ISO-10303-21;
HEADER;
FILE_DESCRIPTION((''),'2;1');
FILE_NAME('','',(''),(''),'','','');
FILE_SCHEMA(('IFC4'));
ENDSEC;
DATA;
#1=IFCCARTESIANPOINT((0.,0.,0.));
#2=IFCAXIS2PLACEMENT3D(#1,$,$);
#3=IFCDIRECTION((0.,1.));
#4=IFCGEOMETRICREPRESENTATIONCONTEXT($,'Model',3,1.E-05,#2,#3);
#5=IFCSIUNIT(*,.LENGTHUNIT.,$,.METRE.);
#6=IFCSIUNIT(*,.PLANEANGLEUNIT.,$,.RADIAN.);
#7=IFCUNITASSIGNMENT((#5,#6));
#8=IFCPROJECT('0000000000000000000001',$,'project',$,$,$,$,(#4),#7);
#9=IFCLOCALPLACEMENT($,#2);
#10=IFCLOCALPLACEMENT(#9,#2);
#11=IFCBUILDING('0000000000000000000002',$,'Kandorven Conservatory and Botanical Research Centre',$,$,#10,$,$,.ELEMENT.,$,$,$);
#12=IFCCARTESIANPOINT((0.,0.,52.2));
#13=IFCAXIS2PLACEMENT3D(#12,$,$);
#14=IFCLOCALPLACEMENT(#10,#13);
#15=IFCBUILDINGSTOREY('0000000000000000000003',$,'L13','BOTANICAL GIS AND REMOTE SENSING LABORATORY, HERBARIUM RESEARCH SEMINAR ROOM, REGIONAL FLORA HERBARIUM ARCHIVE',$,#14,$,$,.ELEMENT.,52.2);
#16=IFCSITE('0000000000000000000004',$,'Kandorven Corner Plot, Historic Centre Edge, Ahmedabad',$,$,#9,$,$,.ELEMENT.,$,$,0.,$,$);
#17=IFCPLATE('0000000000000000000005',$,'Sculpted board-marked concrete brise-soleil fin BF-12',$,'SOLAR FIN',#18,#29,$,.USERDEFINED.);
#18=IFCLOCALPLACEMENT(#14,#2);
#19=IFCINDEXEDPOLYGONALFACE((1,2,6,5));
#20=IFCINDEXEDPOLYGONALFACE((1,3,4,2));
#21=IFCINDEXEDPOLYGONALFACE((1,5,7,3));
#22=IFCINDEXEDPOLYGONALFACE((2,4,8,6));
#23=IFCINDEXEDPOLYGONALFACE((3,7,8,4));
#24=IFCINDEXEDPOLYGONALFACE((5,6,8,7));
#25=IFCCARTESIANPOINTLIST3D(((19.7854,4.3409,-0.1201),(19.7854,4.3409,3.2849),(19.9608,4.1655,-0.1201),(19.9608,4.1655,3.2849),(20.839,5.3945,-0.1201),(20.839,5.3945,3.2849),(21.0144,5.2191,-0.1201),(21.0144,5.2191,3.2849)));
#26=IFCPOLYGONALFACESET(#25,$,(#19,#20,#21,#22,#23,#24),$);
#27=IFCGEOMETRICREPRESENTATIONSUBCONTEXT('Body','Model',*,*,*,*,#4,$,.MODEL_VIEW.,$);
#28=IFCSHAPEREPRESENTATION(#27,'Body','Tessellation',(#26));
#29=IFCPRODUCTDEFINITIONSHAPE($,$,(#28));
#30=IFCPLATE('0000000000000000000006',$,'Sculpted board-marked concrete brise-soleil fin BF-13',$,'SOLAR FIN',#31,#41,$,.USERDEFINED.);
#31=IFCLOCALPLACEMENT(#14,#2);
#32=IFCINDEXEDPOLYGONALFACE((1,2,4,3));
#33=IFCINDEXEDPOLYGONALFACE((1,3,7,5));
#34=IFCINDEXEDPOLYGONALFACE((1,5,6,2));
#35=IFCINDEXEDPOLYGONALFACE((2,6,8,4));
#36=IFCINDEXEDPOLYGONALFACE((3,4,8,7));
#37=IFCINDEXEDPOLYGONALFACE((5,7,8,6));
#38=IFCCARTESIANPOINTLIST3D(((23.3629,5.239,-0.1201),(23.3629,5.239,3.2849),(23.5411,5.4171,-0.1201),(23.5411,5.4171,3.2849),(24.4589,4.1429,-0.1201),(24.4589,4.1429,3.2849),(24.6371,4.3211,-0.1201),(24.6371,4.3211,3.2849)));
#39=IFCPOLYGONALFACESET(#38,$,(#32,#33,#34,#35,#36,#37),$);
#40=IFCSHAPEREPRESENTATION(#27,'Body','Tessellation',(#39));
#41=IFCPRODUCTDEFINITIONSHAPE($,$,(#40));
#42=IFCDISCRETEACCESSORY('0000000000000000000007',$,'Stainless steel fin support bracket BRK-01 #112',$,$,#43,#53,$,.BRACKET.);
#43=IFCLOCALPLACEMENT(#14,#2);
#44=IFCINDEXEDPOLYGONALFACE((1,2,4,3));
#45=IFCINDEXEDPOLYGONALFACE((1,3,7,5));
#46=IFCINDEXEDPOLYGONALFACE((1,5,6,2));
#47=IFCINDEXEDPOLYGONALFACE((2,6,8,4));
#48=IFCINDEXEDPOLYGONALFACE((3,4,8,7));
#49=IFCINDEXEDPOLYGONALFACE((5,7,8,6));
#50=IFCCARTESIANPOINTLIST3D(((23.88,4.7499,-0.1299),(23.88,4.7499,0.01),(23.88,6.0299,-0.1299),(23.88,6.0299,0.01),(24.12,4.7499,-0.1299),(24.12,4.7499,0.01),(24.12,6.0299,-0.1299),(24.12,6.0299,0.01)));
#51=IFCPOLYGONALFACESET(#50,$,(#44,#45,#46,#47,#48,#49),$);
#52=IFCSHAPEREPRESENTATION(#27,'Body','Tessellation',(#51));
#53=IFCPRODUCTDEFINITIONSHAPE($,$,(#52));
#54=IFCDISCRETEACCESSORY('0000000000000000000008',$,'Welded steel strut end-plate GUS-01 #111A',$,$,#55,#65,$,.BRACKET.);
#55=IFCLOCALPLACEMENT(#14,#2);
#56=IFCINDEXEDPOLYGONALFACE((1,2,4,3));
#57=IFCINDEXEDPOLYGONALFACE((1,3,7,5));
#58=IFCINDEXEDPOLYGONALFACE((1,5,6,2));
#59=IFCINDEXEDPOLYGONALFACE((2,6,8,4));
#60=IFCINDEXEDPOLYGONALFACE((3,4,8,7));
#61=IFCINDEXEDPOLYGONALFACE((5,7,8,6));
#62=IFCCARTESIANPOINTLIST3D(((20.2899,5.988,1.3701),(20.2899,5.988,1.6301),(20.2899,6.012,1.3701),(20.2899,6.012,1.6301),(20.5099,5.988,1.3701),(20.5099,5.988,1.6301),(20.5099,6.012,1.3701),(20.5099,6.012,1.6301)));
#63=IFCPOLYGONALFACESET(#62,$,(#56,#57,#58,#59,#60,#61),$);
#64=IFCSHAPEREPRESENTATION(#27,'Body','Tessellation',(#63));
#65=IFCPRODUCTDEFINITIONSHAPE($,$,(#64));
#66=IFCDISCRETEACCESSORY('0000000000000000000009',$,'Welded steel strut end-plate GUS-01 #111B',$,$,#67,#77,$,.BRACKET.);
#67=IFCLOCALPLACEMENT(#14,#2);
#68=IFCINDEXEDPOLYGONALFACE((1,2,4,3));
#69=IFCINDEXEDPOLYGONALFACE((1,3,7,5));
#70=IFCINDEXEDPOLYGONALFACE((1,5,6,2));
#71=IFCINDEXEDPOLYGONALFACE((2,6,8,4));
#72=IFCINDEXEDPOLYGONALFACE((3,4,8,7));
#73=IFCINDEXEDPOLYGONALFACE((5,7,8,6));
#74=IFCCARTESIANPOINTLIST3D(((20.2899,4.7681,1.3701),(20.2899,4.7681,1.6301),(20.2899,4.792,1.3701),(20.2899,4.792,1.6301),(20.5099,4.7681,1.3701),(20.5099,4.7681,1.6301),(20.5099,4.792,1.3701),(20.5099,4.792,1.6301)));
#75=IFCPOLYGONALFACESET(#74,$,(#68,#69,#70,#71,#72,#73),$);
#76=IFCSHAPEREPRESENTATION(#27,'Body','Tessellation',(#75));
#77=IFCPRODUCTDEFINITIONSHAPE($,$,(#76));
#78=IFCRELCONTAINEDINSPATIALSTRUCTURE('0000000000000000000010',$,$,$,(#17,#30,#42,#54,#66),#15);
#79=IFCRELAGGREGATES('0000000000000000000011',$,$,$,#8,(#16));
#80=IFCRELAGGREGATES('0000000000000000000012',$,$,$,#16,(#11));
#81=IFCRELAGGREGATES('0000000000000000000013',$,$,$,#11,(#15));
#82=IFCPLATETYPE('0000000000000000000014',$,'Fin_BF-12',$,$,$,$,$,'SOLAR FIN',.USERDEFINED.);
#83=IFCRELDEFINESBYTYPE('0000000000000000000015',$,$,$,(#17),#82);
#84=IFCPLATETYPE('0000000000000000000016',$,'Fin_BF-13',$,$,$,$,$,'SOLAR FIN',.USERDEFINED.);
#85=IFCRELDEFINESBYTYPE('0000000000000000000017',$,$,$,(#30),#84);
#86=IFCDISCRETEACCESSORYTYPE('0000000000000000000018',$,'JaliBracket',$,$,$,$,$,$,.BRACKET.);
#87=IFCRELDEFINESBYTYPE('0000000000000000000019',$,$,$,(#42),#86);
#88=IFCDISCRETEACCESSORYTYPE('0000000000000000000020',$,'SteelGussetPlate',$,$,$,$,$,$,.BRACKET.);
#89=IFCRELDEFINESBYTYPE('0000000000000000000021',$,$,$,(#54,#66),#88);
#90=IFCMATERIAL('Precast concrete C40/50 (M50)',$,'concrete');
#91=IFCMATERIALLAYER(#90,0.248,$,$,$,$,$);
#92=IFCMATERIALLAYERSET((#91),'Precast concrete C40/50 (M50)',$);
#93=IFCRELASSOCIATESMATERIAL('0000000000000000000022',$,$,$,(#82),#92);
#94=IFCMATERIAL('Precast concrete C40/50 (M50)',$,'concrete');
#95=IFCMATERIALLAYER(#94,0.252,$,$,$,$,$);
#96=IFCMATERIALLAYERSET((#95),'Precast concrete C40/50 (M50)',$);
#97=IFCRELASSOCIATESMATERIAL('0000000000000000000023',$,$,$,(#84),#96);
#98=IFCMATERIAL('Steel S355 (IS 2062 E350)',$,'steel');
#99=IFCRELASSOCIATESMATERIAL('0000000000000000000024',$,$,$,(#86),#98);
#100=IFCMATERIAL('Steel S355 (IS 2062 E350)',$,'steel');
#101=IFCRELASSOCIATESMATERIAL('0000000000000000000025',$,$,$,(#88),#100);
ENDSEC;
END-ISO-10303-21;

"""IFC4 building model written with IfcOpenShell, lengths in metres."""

from ifc_helpers import new_model, si_unit, direction, frame, origin, origin_2d, place, context, subcontext, project, spatial, rectangle, extrude, material, layer, layer_set, type_object, element, save


model = new_model("IFC4")

# Units and contexts
model_context = context("Model", 3, precision=1e-05, world=origin(), true_north=direction((0.0, 1.0)))
body_context = subcontext(model_context, "Body", "Model", "MODEL_VIEW")
ifc_project = project(units=[si_unit("LENGTHUNIT", "METRE"), si_unit("PLANEANGLEUNIT", "RADIAN")], contexts=[model_context])

# Site, building, storey
site_placement = place(None, origin())
site = spatial("IfcSite", under=ifc_project, at=site_placement, Name="Kandorven Corner Plot, Historic Centre Edge, Ahmedabad", CompositionType="ELEMENT", RefElevation=0.0)
building_placement = place(site_placement, origin())
building = spatial("IfcBuilding", under=site, at=building_placement, Name="Kandorven Conservatory and Botanical Research Centre", CompositionType="ELEMENT")
storey_placement = place(building_placement, frame((0.0, 0.0, 52.2)))
storey = spatial("IfcBuildingStorey", under=building, at=storey_placement, Name="L13", Description="BOTANICAL GIS AND REMOTE SENSING LABORATORY, HERBARIUM RESEARCH SEMINAR ROOM, REGIONAL FLORA HERBARIUM ARCHIVE", CompositionType="ELEMENT", Elevation=52.2)

# Plates
ifc_material_1 = material(Name="Precast concrete C40/50 (M50)", Category="concrete")
ifc_layer_1 = layer(ifc_material_1, 0.248)
ifc_layer_set_1 = layer_set([ifc_layer_1], Name="Precast concrete C40/50 (M50)")
plate_type_1 = type_object("IfcPlateType", Name="Fin_BF-12", ElementType="SOLAR FIN", PredefinedType="USERDEFINED", material=ifc_layer_set_1)
plate_1_placement = place(storey_placement, frame((20.3999, 4.78, -0.1201), z_axis=(0.0, 0.0, 1.0), x_axis=(0.707107, 0.707107, 0.0)))
element("IfcPlate", 1, at=plate_1_placement, inside=storey, type_object=plate_type_1, Name="Sculpted board-marked concrete brise-soleil fin BF-12", ObjectType="SOLAR FIN", PredefinedType="USERDEFINED", context=body_context, shape_type="SweptSolid", body=[
    extrude(rectangle(XDim=1.49, YDim=0.248, at=origin_2d()), origin(), (0.0, 0.0, 1.0), 3.405),
])
ifc_material_2 = material(Name="Precast concrete C40/50 (M50)", Category="concrete")
ifc_layer_2 = layer(ifc_material_2, 0.252)
ifc_layer_set_2 = layer_set([ifc_layer_2], Name="Precast concrete C40/50 (M50)")
plate_type_2 = type_object("IfcPlateType", Name="Fin_BF-13", ElementType="SOLAR FIN", PredefinedType="USERDEFINED", material=ifc_layer_set_2)
plate_2_placement = place(storey_placement, frame((24.0, 4.78, -0.1201), z_axis=(0.0, 0.0, 1.0), x_axis=(-0.707107, 0.707107, 0.0)))
element("IfcPlate", 2, at=plate_2_placement, inside=storey, type_object=plate_type_2, Name="Sculpted board-marked concrete brise-soleil fin BF-13", ObjectType="SOLAR FIN", PredefinedType="USERDEFINED", context=body_context, shape_type="SweptSolid", body=[
    extrude(rectangle(XDim=1.55, YDim=0.252, at=origin_2d()), origin(), (0.0, 0.0, 1.0), 3.405),
])

# Discrete accessories
ifc_material_3 = material(Name="Steel S355 (IS 2062 E350)", Category="steel")
discrete_accessory_type_1 = type_object("IfcDiscreteAccessoryType", Name="JaliBracket", PredefinedType="BRACKET", material=ifc_material_3)
discrete_accessory_placement = place(storey_placement, frame((24.0, 5.3899, -0.1299), z_axis=(0.0, 0.0, 1.0), x_axis=(1.0, 0.0, 0.0)))
element("IfcDiscreteAccessory", 3, at=discrete_accessory_placement, inside=storey, type_object=discrete_accessory_type_1, Name="Stainless steel fin support bracket BRK-01 #112", PredefinedType="BRACKET", context=body_context, shape_type="SweptSolid", body=[
    extrude(rectangle(XDim=0.24, YDim=1.28, at=origin_2d()), origin(), (0.0, 0.0, 1.0), 0.1399),
])
ifc_material_4 = material(Name="Steel S355 (IS 2062 E350)", Category="steel")
discrete_accessory_type_2 = type_object("IfcDiscreteAccessoryType", Name="SteelGussetPlate", PredefinedType="BRACKET", material=ifc_material_4)
for number, where, z_axis, x_axis, name in (
    (4, (20.3999, 6.0, 1.3701), (0.0, 0.0, 1.0), (1.0, 0.0, 0.0), "Welded steel strut end-plate GUS-01 #111A"),
    (5, (20.3999, 4.78, 1.3701), (0.0, 0.0, 1.0), (1.0, 0.0, 0.0), "Welded steel strut end-plate GUS-01 #111B"),
):
    element("IfcDiscreteAccessory", number, at=place(storey_placement, frame(where, z_axis=z_axis, x_axis=x_axis)), inside=storey, type_object=discrete_accessory_type_2, Name=name, PredefinedType="BRACKET", context=body_context, shape_type="SweptSolid", body=[
        extrude(rectangle(XDim=0.22, YDim=0.0239, at=origin_2d()), origin(), (0.0, 0.0, 1.0), 0.26),
    ])

save(model, "model.ifc")
